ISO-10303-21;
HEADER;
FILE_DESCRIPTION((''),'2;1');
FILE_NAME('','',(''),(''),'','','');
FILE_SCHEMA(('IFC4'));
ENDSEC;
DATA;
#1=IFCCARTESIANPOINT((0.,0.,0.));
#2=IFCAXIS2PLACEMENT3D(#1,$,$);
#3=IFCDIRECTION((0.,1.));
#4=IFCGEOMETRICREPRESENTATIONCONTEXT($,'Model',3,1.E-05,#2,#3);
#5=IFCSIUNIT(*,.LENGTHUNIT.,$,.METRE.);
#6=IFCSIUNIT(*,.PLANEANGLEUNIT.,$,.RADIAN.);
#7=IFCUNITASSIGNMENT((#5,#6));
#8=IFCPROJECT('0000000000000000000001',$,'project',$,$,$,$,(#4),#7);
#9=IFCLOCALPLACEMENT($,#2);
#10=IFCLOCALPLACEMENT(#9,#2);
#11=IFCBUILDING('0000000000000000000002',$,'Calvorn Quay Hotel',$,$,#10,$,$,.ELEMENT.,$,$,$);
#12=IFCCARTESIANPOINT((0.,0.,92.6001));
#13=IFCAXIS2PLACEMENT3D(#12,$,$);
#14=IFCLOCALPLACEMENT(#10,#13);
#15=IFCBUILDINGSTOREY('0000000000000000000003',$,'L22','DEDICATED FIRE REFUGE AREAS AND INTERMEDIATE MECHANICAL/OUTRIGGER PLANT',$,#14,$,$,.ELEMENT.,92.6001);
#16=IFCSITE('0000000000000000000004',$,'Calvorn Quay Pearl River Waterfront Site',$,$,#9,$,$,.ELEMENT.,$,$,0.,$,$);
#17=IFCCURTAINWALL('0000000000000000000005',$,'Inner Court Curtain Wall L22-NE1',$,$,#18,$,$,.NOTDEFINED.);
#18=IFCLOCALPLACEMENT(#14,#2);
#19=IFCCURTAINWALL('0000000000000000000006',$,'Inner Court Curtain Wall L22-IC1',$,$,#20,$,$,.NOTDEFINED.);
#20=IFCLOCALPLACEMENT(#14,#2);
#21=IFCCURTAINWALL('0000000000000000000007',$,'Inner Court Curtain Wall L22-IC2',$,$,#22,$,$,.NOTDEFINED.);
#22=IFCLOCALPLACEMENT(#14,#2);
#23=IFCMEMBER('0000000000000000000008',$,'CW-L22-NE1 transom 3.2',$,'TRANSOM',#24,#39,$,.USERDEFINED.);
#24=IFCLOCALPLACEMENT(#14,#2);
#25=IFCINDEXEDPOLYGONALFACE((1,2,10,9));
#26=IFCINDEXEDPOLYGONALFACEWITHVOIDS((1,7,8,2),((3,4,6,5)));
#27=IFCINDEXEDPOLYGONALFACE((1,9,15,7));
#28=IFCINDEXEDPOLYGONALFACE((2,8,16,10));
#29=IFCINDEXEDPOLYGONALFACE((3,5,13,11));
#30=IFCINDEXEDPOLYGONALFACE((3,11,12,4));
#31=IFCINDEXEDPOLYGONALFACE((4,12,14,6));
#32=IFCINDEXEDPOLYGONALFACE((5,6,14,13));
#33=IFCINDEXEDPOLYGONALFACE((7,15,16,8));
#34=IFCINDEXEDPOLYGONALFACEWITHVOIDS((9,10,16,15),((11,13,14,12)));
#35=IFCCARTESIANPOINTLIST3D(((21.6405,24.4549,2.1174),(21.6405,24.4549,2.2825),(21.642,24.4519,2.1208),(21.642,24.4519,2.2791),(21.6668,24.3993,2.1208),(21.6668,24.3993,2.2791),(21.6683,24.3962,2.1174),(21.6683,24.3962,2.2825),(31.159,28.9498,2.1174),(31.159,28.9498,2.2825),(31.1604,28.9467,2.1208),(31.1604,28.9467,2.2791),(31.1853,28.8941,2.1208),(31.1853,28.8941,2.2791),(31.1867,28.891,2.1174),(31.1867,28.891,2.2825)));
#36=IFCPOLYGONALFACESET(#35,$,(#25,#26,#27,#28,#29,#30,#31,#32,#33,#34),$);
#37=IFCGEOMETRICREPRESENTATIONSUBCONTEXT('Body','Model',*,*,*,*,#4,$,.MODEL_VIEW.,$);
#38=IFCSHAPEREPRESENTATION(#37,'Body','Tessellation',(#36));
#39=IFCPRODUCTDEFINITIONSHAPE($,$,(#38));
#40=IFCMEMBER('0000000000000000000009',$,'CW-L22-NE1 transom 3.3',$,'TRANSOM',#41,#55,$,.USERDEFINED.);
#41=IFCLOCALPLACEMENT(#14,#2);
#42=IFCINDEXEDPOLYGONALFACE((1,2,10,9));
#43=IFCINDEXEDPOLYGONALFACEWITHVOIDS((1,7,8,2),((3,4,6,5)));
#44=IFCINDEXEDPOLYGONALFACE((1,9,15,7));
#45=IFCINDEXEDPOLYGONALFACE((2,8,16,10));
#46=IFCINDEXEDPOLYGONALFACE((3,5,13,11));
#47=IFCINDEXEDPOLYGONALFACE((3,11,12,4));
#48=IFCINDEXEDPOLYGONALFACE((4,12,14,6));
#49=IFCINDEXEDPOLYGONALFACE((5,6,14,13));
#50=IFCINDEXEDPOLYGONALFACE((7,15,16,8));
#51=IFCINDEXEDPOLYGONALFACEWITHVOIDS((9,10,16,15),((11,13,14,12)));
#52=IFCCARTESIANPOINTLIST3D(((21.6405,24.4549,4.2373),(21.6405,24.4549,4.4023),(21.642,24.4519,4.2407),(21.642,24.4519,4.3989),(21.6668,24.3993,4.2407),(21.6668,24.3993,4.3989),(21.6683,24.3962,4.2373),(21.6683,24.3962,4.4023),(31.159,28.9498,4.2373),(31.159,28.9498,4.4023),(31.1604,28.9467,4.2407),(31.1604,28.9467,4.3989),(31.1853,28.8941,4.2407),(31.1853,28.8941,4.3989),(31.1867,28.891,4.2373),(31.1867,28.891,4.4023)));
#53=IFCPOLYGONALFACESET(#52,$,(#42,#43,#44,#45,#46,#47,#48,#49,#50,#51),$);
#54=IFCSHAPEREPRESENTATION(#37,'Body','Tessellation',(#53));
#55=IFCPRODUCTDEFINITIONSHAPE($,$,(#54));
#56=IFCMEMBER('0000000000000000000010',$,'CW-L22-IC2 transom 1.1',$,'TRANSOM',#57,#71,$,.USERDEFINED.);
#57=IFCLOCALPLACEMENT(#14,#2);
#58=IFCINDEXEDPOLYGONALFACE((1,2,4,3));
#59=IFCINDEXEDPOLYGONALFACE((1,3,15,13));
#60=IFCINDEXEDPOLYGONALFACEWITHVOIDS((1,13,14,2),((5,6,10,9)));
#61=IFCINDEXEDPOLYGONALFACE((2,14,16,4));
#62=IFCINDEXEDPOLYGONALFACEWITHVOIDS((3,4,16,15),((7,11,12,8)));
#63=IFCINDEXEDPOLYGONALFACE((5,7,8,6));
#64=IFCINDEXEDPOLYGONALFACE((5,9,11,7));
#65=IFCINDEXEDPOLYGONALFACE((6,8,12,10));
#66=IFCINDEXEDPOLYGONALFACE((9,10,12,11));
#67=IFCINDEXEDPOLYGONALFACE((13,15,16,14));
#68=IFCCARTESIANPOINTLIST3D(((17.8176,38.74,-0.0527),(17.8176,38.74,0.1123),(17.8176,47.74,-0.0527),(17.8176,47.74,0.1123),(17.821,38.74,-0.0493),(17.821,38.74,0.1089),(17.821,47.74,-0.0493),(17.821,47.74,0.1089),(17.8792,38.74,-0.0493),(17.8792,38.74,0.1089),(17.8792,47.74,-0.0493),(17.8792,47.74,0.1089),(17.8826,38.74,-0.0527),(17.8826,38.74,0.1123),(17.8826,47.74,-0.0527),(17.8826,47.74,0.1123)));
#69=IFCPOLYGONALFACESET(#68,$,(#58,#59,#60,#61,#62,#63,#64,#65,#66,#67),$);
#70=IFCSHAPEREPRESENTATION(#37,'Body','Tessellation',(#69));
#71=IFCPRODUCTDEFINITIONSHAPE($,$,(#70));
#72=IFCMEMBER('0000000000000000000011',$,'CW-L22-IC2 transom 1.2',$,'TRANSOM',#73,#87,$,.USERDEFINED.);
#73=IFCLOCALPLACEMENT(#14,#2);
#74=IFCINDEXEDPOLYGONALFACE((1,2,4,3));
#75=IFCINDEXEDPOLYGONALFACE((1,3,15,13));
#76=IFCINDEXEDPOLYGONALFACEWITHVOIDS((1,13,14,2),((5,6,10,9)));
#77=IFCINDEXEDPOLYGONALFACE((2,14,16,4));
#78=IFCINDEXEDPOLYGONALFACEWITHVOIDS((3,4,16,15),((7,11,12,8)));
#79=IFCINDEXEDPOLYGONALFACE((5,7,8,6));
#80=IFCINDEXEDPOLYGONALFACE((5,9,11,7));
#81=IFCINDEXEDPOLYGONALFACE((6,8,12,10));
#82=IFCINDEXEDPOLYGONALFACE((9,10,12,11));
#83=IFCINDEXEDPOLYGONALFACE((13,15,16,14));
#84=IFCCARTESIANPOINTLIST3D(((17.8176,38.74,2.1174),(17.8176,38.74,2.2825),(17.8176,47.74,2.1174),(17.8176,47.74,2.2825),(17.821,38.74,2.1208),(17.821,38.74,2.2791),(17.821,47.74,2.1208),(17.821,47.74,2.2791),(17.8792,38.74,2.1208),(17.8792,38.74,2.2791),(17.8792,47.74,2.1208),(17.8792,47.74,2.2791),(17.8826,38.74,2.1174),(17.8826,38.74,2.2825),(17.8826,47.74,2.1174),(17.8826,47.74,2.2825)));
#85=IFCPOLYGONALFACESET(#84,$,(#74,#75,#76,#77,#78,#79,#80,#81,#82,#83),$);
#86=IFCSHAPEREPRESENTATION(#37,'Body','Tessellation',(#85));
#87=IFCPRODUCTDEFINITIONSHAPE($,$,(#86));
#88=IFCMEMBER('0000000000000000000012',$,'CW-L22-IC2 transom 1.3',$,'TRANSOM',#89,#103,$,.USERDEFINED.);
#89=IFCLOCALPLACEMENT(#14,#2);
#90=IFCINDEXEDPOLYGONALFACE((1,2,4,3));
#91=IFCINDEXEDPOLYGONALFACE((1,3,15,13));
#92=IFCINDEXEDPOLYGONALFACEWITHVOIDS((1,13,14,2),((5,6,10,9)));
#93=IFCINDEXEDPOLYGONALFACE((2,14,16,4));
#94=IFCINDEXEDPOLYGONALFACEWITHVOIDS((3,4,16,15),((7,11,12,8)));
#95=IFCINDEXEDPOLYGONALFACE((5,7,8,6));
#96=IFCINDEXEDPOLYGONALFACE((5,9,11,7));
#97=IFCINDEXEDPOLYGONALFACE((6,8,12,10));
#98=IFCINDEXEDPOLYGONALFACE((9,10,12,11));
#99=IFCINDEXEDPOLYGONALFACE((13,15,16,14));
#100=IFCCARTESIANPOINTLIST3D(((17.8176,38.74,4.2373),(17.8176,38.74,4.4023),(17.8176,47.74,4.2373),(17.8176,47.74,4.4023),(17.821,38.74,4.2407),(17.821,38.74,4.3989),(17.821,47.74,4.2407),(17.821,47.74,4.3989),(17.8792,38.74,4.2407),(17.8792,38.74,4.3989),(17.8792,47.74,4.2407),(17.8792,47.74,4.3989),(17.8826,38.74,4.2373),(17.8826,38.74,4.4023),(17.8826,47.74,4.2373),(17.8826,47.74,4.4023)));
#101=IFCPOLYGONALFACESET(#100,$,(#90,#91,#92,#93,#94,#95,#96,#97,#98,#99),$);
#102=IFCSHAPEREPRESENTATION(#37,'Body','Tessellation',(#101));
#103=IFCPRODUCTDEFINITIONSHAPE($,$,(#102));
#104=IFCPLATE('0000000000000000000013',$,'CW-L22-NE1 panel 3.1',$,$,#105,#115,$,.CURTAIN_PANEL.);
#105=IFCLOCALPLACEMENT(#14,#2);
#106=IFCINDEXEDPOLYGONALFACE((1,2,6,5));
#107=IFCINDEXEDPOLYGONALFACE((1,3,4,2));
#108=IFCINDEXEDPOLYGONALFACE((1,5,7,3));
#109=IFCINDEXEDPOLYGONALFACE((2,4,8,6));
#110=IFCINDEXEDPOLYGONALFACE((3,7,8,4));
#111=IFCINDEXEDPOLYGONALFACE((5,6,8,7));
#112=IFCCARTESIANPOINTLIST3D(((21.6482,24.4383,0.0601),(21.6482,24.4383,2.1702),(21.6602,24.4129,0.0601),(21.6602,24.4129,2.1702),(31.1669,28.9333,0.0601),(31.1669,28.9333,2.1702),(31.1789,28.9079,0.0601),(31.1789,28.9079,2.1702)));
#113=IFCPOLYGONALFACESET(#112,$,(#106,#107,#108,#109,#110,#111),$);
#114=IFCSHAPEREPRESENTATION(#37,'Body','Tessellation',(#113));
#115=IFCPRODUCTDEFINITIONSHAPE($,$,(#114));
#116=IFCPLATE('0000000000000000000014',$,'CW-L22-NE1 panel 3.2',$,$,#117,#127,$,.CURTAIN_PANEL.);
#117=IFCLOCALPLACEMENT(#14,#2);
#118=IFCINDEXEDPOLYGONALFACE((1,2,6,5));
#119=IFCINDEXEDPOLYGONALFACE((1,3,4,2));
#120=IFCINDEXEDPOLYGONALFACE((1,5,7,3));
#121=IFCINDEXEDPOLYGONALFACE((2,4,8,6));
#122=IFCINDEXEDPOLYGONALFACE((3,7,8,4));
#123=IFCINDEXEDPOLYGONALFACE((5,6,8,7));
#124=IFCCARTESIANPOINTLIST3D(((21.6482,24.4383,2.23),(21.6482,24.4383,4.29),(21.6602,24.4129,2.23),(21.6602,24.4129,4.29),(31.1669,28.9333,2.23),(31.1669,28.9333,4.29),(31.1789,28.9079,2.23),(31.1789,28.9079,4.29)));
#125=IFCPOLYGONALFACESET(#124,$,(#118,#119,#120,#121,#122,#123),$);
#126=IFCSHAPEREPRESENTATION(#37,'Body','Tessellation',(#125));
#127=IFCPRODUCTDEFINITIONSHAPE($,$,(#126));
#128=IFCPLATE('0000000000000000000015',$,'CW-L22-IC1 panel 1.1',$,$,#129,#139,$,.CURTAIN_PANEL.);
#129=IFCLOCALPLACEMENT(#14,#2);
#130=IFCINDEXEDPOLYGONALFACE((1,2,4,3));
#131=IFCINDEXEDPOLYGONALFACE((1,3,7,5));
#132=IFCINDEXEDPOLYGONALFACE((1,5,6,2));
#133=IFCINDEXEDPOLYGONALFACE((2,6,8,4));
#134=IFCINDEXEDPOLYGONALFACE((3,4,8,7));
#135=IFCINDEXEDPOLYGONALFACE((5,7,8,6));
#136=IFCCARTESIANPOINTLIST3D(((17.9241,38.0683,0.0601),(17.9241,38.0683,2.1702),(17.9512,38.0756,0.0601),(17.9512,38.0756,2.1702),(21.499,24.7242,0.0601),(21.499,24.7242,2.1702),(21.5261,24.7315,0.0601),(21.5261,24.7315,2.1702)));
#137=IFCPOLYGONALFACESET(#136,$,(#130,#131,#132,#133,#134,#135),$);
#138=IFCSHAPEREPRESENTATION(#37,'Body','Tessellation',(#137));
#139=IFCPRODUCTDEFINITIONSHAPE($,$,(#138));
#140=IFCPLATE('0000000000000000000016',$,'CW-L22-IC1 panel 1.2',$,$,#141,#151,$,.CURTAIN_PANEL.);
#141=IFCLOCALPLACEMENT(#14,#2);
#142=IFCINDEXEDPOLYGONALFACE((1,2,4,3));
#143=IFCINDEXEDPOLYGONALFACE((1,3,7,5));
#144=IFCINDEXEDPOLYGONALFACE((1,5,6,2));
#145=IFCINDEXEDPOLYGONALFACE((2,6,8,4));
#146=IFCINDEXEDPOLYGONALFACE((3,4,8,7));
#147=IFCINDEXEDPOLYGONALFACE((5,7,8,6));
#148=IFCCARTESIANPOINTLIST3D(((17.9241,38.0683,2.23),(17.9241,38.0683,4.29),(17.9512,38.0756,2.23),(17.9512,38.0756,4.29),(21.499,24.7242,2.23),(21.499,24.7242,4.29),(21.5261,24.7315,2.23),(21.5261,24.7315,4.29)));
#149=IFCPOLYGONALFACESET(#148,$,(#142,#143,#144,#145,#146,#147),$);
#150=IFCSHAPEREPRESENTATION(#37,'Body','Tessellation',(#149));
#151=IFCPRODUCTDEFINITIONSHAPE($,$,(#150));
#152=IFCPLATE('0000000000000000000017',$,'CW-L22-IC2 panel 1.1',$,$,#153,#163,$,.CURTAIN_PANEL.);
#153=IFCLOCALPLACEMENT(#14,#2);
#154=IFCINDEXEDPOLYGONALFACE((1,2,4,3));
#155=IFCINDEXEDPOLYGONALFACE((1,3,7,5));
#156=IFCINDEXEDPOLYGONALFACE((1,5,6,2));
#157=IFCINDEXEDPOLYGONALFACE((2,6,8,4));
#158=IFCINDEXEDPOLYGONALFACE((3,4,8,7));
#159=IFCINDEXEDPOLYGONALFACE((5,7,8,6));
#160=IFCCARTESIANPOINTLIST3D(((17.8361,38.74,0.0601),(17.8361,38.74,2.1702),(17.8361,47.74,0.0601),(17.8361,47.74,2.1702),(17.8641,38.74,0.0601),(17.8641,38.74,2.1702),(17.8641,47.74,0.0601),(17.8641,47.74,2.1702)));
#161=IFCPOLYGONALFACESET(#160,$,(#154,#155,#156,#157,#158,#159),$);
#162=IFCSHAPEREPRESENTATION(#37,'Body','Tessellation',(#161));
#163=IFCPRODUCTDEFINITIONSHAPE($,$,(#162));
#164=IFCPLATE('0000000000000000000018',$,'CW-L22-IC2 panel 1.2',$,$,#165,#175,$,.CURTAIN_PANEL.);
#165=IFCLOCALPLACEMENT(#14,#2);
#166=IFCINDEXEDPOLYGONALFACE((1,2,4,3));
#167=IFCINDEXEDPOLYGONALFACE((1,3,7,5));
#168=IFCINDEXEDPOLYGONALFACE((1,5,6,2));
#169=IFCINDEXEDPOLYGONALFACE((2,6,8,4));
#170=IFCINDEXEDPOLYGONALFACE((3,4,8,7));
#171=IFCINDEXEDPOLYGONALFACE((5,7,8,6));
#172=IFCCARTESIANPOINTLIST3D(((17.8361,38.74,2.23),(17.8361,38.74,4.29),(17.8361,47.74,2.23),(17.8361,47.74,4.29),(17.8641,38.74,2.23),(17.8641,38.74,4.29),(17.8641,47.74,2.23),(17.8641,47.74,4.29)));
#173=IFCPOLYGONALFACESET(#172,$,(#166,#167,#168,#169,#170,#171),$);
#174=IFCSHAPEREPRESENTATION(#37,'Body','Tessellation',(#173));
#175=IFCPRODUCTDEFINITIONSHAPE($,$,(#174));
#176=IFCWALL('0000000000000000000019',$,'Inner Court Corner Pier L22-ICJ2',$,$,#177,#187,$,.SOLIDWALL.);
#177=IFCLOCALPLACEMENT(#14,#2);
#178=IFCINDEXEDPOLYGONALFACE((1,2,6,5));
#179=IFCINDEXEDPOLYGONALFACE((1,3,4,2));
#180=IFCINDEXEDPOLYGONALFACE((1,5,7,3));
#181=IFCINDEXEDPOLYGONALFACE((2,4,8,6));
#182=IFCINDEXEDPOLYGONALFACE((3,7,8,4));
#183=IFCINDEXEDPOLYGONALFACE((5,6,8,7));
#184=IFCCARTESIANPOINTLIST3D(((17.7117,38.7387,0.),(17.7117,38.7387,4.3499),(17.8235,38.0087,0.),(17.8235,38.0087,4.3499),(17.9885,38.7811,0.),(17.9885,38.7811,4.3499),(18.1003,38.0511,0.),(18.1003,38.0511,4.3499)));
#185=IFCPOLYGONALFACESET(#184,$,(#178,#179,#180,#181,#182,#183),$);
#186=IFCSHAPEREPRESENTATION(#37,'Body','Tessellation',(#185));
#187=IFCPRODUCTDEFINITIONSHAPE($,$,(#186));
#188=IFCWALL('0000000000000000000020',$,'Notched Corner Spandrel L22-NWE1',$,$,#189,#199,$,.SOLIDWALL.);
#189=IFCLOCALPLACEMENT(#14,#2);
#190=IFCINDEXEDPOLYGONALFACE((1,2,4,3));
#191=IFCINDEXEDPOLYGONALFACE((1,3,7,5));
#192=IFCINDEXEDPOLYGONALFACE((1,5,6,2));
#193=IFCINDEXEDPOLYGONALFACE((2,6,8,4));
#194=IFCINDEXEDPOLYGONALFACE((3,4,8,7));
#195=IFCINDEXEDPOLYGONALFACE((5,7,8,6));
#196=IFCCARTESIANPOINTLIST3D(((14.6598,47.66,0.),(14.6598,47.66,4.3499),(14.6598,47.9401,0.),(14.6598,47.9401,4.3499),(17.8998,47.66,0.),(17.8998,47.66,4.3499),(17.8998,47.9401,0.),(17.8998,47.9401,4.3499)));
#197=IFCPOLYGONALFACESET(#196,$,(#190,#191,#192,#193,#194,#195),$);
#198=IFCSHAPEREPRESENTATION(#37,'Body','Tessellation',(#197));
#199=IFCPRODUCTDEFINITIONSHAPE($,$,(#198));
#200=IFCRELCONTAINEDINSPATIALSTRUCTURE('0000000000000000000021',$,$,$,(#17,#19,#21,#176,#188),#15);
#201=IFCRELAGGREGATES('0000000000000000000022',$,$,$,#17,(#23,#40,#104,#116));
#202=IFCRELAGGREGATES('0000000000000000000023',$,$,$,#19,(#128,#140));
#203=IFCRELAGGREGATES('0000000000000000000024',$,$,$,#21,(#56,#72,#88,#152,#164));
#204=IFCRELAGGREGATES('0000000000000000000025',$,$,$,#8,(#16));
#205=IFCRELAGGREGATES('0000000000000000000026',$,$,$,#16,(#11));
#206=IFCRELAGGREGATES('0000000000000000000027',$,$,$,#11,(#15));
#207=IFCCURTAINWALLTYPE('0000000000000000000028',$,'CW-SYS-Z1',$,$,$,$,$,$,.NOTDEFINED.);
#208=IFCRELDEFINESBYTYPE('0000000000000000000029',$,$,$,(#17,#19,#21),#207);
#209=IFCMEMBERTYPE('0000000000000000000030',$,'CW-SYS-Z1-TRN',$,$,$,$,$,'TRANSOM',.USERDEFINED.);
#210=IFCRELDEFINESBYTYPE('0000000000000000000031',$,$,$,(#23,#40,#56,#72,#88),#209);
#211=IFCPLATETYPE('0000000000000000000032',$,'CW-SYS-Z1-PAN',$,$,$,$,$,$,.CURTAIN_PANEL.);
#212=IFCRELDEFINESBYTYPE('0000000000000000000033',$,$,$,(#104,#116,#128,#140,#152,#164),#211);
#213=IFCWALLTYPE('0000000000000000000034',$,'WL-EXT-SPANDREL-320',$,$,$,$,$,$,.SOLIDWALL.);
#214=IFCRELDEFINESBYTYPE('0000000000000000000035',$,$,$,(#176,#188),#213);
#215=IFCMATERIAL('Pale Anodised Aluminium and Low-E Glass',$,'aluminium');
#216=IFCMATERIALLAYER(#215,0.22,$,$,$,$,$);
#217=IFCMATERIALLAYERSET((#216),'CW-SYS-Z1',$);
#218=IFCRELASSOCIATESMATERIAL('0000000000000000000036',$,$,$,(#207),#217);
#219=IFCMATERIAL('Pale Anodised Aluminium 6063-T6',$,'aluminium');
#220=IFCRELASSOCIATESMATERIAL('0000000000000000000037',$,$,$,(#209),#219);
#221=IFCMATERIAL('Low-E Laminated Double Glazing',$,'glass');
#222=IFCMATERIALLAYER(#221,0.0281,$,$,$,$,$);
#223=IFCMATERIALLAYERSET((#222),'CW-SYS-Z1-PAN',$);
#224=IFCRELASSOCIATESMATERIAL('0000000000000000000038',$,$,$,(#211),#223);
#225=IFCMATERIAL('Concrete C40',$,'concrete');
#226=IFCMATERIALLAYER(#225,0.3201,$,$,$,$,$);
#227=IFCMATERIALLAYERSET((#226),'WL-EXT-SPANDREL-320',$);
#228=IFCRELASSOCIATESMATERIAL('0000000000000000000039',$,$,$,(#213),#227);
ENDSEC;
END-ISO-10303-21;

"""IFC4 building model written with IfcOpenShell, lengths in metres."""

from ifc_helpers import new_model, si_unit, direction, frame, frame_2d, origin, origin_2d, place, context, subcontext, project, spatial, rectangle, hollow_rectangle, extrude, material, layer, layer_set, material_profile, profile_set, type_object, element, aggregate, save


model = new_model("IFC4")

# Units and contexts
model_context = context("Model", 3, precision=1e-05, world=origin(), true_north=direction((0.0, 1.0)))
body_context = subcontext(model_context, "Body", "Model", "MODEL_VIEW")
ifc_project = project(units=[si_unit("LENGTHUNIT", "METRE"), si_unit("PLANEANGLEUNIT", "RADIAN")], contexts=[model_context])

# Site, building, storey
site_placement = place(None, origin())
site = spatial("IfcSite", under=ifc_project, at=site_placement, Name="Calvorn Quay Pearl River Waterfront Site", CompositionType="ELEMENT", RefElevation=0.0)
building_placement = place(site_placement, origin())
building = spatial("IfcBuilding", under=site, at=building_placement, Name="Calvorn Quay Hotel", CompositionType="ELEMENT")
storey_placement = place(building_placement, frame((0.0, 0.0, 92.6001)))
storey = spatial("IfcBuildingStorey", under=building, at=storey_placement, Name="L22", Description="DEDICATED FIRE REFUGE AREAS AND INTERMEDIATE MECHANICAL/OUTRIGGER PLANT", CompositionType="ELEMENT", Elevation=92.6001)

# Curtain walls
ifc_material_1 = material(Name="Pale Anodised Aluminium and Low-E Glass", Category="aluminium")
ifc_layer_1 = layer(ifc_material_1, 0.22)
ifc_layer_set_1 = layer_set([ifc_layer_1], Name="CW-SYS-Z1")
curtain_wall_type = type_object("IfcCurtainWallType", Name="CW-SYS-Z1", PredefinedType="NOTDEFINED", material=ifc_layer_set_1)
curtain_wall_1_placement = place(storey_placement, origin())
curtain_wall_1 = element("IfcCurtainWall", 1, at=curtain_wall_1_placement, inside=storey, type_object=curtain_wall_type, Name="Inner Court Curtain Wall L22-NE1", PredefinedType="NOTDEFINED")
curtain_wall_2_placement = place(storey_placement, origin())
curtain_wall_2 = element("IfcCurtainWall", 2, at=curtain_wall_2_placement, inside=storey, type_object=curtain_wall_type, Name="Inner Court Curtain Wall L22-IC1", PredefinedType="NOTDEFINED")

# Curtain wall
curtain_wall_3_placement = place(storey_placement, origin())
curtain_wall_3 = element("IfcCurtainWall", 3, at=curtain_wall_3_placement, inside=storey, type_object=curtain_wall_type, Name="Inner Court Curtain Wall L22-IC2", PredefinedType="NOTDEFINED")

# Members
ifc_material_2 = material(Name="Pale Anodised Aluminium 6063-T6", Category="aluminium")
ifc_material_profile_1 = material_profile(ifc_material_2, hollow_rectangle(XDim=0.0649, YDim=0.165, WallThickness=0.0034, at=origin_2d()), Name="ALU-T165x65x3.5")
ifc_profile_set_1 = profile_set([ifc_material_profile_1], Name="Pale Anodised Aluminium 6063-T6")
member_type_1 = type_object("IfcMemberType", Name="CW-SYS-Z1-TRN", ElementType="TRANSOM", PredefinedType="USERDEFINED", material=ifc_profile_set_1)
member_1_placement = place(storey_placement, frame((31.1729, 28.9204, 2.2), z_axis=(-0.904249, -0.427006, 0.0), x_axis=(0.427006, -0.904249, 0.0)))
member_1 = element("IfcMember", 4, at=member_1_placement, type_object=member_type_1, Name="CW-L22-NE1 transom 3.2", ObjectType="TRANSOM", PredefinedType="USERDEFINED", context=body_context, shape_type="SweptSolid", body=[
    extrude(hollow_rectangle(XDim=0.0649, YDim=0.165, WallThickness=0.0034, at=origin_2d()), origin(), (0.0, 0.0, 1.0), 10.5264),
])
member_2_placement = place(storey_placement, frame((31.1729, 28.9204, 4.3198), z_axis=(-0.904249, -0.427006, 0.0), x_axis=(0.427006, -0.904249, 0.0)))
member_2 = element("IfcMember", 5, at=member_2_placement, type_object=member_type_1, Name="CW-L22-NE1 transom 3.3", ObjectType="TRANSOM", PredefinedType="USERDEFINED", context=body_context, shape_type="SweptSolid", body=[
    extrude(hollow_rectangle(XDim=0.0649, YDim=0.165, WallThickness=0.0034, at=origin_2d()), origin(), (0.0, 0.0, 1.0), 10.5264),
])
member_3_placement = place(storey_placement, frame((17.8501, 38.74, 0.0298), z_axis=(0.0, 1.0, 0.0), x_axis=(-1.0, 0.0, 0.0)))
member_3 = element("IfcMember", 6, at=member_3_placement, type_object=member_type_1, Name="CW-L22-IC2 transom 1.1", ObjectType="TRANSOM", PredefinedType="USERDEFINED", context=body_context, shape_type="SweptSolid", body=[
    extrude(hollow_rectangle(XDim=0.0649, YDim=0.165, WallThickness=0.0034, at=origin_2d()), origin(), (0.0, 0.0, 1.0), 9.0),
])
member_4_placement = place(storey_placement, frame((17.8501, 38.74, 2.2), z_axis=(0.0, 1.0, 0.0), x_axis=(-1.0, 0.0, 0.0)))
member_4 = element("IfcMember", 7, at=member_4_placement, type_object=member_type_1, Name="CW-L22-IC2 transom 1.2", ObjectType="TRANSOM", PredefinedType="USERDEFINED", context=body_context, shape_type="SweptSolid", body=[
    extrude(hollow_rectangle(XDim=0.0649, YDim=0.165, WallThickness=0.0034, at=origin_2d()), origin(), (0.0, 0.0, 1.0), 9.0),
])
member_5_placement = place(storey_placement, frame((17.8501, 38.74, 4.3198), z_axis=(0.0, 1.0, 0.0), x_axis=(-1.0, 0.0, 0.0)))
member_5 = element("IfcMember", 8, at=member_5_placement, type_object=member_type_1, Name="CW-L22-IC2 transom 1.3", ObjectType="TRANSOM", PredefinedType="USERDEFINED", context=body_context, shape_type="SweptSolid", body=[
    extrude(hollow_rectangle(XDim=0.0649, YDim=0.165, WallThickness=0.0034, at=origin_2d()), origin(), (0.0, 0.0, 1.0), 9.0),
])

# Plates
ifc_material_3 = material(Name="Low-E Laminated Double Glazing", Category="glass")
ifc_layer_2 = layer(ifc_material_3, 0.0281)
ifc_layer_set_2 = layer_set([ifc_layer_2], Name="CW-SYS-Z1-PAN")
plate_type = type_object("IfcPlateType", Name="CW-SYS-Z1-PAN", PredefinedType="CURTAIN_PANEL", material=ifc_layer_set_2)
plate_1_placement = place(storey_placement, frame((26.4136, 26.6731, 0.0601), z_axis=(0.0, 0.0, 1.0), x_axis=(-0.904249, -0.427006, 0.0)))
plate_1 = element("IfcPlate", 9, at=plate_1_placement, type_object=plate_type, Name="CW-L22-NE1 panel 3.1", PredefinedType="CURTAIN_PANEL", context=body_context, shape_type="SweptSolid", body=[
    extrude(rectangle(XDim=10.5266, YDim=0.0281, at=origin_2d()), origin(), (0.0, 0.0, 1.0), 2.1101),
])
plate_2_placement = place(storey_placement, frame((26.4136, 26.6731, 2.23), z_axis=(0.0, 0.0, 1.0), x_axis=(-0.904249, -0.427006, 0.0)))
plate_2 = element("IfcPlate", 10, at=plate_2_placement, type_object=plate_type, Name="CW-L22-NE1 panel 3.2", PredefinedType="CURTAIN_PANEL", context=body_context, shape_type="SweptSolid", body=[
    extrude(rectangle(XDim=10.5266, YDim=0.0281, at=origin_2d()), origin(), (0.0, 0.0, 1.0), 2.0601),
])
aggregate(curtain_wall_1, [member_1, member_2, plate_1, plate_2])
plate_3_placement = place(storey_placement, frame((19.7251, 31.3999, 0.0601), z_axis=(0.0, 0.0, 1.0), x_axis=(-0.258779, 0.965937, 0.0)))
plate_3 = element("IfcPlate", 11, at=plate_3_placement, type_object=plate_type, Name="CW-L22-IC1 panel 1.1", PredefinedType="CURTAIN_PANEL", context=body_context, shape_type="SweptSolid", body=[
    extrude(rectangle(XDim=13.8147, YDim=0.0281, at=origin_2d()), origin(), (0.0, 0.0, 1.0), 2.1101),
])
plate_4_placement = place(storey_placement, frame((19.7251, 31.3999, 2.23), z_axis=(0.0, 0.0, 1.0), x_axis=(-0.258779, 0.965937, 0.0)))
plate_4 = element("IfcPlate", 12, at=plate_4_placement, type_object=plate_type, Name="CW-L22-IC1 panel 1.2", PredefinedType="CURTAIN_PANEL", context=body_context, shape_type="SweptSolid", body=[
    extrude(rectangle(XDim=13.8147, YDim=0.0281, at=origin_2d()), origin(), (0.0, 0.0, 1.0), 2.0601),
])
aggregate(curtain_wall_2, [plate_3, plate_4])
plate_5_placement = place(storey_placement, frame((17.8501, 43.24, 0.0601), z_axis=(0.0, 0.0, 1.0), x_axis=(0.0, 1.0, 0.0)))
plate_5 = element("IfcPlate", 13, at=plate_5_placement, type_object=plate_type, Name="CW-L22-IC2 panel 1.1", PredefinedType="CURTAIN_PANEL", context=body_context, shape_type="SweptSolid", body=[
    extrude(rectangle(XDim=9.0, YDim=0.0281, at=origin_2d()), origin(), (0.0, 0.0, 1.0), 2.1101),
])
plate_6_placement = place(storey_placement, frame((17.8501, 43.24, 2.23), z_axis=(0.0, 0.0, 1.0), x_axis=(0.0, 1.0, 0.0)))
plate_6 = element("IfcPlate", 14, at=plate_6_placement, type_object=plate_type, Name="CW-L22-IC2 panel 1.2", PredefinedType="CURTAIN_PANEL", context=body_context, shape_type="SweptSolid", body=[
    extrude(rectangle(XDim=9.0, YDim=0.0281, at=origin_2d()), origin(), (0.0, 0.0, 1.0), 2.0601),
])
aggregate(curtain_wall_3, [member_3, member_4, member_5, plate_5, plate_6])

# Walls
ifc_material_4 = material(Name="Concrete C40", Category="concrete")
ifc_layer_3 = layer(ifc_material_4, 0.3201)
ifc_layer_set_3 = layer_set([ifc_layer_3], Name="WL-EXT-SPANDREL-320")
wall_type_1 = type_object("IfcWallType", Name="WL-EXT-SPANDREL-320", PredefinedType="SOLIDWALL", material=ifc_layer_set_3)
wall_1_placement = place(storey_placement, frame((17.9619, 38.03, 0.0), z_axis=(0.0, 0.0, 1.0), x_axis=(-0.151411, 0.988471, 0.0)))
element("IfcWall", 15, at=wall_1_placement, inside=storey, type_object=wall_type_1, Name="Inner Court Corner Pier L22-ICJ2", PredefinedType="SOLIDWALL", context=body_context, shape_type="SweptSolid", body=[
    extrude(rectangle(XDim=0.7385, YDim=0.28, at=frame_2d((0.3691, 0.0))), origin(), (0.0, 0.0, 1.0), 4.3499),
])
wall_2_placement = place(storey_placement, frame((17.8999, 47.8, 0.0), z_axis=(0.0, 0.0, 1.0), x_axis=(-1.0, 0.0, 0.0)))
element("IfcWall", 16, at=wall_2_placement, inside=storey, type_object=wall_type_1, Name="Notched Corner Spandrel L22-NWE1", PredefinedType="SOLIDWALL", context=body_context, shape_type="SweptSolid", body=[
    extrude(rectangle(XDim=3.24, YDim=0.28, at=frame_2d((1.6201, 0.0))), origin(), (0.0, 0.0, 1.0), 4.3499),
])

save(model, "model.ifc")
